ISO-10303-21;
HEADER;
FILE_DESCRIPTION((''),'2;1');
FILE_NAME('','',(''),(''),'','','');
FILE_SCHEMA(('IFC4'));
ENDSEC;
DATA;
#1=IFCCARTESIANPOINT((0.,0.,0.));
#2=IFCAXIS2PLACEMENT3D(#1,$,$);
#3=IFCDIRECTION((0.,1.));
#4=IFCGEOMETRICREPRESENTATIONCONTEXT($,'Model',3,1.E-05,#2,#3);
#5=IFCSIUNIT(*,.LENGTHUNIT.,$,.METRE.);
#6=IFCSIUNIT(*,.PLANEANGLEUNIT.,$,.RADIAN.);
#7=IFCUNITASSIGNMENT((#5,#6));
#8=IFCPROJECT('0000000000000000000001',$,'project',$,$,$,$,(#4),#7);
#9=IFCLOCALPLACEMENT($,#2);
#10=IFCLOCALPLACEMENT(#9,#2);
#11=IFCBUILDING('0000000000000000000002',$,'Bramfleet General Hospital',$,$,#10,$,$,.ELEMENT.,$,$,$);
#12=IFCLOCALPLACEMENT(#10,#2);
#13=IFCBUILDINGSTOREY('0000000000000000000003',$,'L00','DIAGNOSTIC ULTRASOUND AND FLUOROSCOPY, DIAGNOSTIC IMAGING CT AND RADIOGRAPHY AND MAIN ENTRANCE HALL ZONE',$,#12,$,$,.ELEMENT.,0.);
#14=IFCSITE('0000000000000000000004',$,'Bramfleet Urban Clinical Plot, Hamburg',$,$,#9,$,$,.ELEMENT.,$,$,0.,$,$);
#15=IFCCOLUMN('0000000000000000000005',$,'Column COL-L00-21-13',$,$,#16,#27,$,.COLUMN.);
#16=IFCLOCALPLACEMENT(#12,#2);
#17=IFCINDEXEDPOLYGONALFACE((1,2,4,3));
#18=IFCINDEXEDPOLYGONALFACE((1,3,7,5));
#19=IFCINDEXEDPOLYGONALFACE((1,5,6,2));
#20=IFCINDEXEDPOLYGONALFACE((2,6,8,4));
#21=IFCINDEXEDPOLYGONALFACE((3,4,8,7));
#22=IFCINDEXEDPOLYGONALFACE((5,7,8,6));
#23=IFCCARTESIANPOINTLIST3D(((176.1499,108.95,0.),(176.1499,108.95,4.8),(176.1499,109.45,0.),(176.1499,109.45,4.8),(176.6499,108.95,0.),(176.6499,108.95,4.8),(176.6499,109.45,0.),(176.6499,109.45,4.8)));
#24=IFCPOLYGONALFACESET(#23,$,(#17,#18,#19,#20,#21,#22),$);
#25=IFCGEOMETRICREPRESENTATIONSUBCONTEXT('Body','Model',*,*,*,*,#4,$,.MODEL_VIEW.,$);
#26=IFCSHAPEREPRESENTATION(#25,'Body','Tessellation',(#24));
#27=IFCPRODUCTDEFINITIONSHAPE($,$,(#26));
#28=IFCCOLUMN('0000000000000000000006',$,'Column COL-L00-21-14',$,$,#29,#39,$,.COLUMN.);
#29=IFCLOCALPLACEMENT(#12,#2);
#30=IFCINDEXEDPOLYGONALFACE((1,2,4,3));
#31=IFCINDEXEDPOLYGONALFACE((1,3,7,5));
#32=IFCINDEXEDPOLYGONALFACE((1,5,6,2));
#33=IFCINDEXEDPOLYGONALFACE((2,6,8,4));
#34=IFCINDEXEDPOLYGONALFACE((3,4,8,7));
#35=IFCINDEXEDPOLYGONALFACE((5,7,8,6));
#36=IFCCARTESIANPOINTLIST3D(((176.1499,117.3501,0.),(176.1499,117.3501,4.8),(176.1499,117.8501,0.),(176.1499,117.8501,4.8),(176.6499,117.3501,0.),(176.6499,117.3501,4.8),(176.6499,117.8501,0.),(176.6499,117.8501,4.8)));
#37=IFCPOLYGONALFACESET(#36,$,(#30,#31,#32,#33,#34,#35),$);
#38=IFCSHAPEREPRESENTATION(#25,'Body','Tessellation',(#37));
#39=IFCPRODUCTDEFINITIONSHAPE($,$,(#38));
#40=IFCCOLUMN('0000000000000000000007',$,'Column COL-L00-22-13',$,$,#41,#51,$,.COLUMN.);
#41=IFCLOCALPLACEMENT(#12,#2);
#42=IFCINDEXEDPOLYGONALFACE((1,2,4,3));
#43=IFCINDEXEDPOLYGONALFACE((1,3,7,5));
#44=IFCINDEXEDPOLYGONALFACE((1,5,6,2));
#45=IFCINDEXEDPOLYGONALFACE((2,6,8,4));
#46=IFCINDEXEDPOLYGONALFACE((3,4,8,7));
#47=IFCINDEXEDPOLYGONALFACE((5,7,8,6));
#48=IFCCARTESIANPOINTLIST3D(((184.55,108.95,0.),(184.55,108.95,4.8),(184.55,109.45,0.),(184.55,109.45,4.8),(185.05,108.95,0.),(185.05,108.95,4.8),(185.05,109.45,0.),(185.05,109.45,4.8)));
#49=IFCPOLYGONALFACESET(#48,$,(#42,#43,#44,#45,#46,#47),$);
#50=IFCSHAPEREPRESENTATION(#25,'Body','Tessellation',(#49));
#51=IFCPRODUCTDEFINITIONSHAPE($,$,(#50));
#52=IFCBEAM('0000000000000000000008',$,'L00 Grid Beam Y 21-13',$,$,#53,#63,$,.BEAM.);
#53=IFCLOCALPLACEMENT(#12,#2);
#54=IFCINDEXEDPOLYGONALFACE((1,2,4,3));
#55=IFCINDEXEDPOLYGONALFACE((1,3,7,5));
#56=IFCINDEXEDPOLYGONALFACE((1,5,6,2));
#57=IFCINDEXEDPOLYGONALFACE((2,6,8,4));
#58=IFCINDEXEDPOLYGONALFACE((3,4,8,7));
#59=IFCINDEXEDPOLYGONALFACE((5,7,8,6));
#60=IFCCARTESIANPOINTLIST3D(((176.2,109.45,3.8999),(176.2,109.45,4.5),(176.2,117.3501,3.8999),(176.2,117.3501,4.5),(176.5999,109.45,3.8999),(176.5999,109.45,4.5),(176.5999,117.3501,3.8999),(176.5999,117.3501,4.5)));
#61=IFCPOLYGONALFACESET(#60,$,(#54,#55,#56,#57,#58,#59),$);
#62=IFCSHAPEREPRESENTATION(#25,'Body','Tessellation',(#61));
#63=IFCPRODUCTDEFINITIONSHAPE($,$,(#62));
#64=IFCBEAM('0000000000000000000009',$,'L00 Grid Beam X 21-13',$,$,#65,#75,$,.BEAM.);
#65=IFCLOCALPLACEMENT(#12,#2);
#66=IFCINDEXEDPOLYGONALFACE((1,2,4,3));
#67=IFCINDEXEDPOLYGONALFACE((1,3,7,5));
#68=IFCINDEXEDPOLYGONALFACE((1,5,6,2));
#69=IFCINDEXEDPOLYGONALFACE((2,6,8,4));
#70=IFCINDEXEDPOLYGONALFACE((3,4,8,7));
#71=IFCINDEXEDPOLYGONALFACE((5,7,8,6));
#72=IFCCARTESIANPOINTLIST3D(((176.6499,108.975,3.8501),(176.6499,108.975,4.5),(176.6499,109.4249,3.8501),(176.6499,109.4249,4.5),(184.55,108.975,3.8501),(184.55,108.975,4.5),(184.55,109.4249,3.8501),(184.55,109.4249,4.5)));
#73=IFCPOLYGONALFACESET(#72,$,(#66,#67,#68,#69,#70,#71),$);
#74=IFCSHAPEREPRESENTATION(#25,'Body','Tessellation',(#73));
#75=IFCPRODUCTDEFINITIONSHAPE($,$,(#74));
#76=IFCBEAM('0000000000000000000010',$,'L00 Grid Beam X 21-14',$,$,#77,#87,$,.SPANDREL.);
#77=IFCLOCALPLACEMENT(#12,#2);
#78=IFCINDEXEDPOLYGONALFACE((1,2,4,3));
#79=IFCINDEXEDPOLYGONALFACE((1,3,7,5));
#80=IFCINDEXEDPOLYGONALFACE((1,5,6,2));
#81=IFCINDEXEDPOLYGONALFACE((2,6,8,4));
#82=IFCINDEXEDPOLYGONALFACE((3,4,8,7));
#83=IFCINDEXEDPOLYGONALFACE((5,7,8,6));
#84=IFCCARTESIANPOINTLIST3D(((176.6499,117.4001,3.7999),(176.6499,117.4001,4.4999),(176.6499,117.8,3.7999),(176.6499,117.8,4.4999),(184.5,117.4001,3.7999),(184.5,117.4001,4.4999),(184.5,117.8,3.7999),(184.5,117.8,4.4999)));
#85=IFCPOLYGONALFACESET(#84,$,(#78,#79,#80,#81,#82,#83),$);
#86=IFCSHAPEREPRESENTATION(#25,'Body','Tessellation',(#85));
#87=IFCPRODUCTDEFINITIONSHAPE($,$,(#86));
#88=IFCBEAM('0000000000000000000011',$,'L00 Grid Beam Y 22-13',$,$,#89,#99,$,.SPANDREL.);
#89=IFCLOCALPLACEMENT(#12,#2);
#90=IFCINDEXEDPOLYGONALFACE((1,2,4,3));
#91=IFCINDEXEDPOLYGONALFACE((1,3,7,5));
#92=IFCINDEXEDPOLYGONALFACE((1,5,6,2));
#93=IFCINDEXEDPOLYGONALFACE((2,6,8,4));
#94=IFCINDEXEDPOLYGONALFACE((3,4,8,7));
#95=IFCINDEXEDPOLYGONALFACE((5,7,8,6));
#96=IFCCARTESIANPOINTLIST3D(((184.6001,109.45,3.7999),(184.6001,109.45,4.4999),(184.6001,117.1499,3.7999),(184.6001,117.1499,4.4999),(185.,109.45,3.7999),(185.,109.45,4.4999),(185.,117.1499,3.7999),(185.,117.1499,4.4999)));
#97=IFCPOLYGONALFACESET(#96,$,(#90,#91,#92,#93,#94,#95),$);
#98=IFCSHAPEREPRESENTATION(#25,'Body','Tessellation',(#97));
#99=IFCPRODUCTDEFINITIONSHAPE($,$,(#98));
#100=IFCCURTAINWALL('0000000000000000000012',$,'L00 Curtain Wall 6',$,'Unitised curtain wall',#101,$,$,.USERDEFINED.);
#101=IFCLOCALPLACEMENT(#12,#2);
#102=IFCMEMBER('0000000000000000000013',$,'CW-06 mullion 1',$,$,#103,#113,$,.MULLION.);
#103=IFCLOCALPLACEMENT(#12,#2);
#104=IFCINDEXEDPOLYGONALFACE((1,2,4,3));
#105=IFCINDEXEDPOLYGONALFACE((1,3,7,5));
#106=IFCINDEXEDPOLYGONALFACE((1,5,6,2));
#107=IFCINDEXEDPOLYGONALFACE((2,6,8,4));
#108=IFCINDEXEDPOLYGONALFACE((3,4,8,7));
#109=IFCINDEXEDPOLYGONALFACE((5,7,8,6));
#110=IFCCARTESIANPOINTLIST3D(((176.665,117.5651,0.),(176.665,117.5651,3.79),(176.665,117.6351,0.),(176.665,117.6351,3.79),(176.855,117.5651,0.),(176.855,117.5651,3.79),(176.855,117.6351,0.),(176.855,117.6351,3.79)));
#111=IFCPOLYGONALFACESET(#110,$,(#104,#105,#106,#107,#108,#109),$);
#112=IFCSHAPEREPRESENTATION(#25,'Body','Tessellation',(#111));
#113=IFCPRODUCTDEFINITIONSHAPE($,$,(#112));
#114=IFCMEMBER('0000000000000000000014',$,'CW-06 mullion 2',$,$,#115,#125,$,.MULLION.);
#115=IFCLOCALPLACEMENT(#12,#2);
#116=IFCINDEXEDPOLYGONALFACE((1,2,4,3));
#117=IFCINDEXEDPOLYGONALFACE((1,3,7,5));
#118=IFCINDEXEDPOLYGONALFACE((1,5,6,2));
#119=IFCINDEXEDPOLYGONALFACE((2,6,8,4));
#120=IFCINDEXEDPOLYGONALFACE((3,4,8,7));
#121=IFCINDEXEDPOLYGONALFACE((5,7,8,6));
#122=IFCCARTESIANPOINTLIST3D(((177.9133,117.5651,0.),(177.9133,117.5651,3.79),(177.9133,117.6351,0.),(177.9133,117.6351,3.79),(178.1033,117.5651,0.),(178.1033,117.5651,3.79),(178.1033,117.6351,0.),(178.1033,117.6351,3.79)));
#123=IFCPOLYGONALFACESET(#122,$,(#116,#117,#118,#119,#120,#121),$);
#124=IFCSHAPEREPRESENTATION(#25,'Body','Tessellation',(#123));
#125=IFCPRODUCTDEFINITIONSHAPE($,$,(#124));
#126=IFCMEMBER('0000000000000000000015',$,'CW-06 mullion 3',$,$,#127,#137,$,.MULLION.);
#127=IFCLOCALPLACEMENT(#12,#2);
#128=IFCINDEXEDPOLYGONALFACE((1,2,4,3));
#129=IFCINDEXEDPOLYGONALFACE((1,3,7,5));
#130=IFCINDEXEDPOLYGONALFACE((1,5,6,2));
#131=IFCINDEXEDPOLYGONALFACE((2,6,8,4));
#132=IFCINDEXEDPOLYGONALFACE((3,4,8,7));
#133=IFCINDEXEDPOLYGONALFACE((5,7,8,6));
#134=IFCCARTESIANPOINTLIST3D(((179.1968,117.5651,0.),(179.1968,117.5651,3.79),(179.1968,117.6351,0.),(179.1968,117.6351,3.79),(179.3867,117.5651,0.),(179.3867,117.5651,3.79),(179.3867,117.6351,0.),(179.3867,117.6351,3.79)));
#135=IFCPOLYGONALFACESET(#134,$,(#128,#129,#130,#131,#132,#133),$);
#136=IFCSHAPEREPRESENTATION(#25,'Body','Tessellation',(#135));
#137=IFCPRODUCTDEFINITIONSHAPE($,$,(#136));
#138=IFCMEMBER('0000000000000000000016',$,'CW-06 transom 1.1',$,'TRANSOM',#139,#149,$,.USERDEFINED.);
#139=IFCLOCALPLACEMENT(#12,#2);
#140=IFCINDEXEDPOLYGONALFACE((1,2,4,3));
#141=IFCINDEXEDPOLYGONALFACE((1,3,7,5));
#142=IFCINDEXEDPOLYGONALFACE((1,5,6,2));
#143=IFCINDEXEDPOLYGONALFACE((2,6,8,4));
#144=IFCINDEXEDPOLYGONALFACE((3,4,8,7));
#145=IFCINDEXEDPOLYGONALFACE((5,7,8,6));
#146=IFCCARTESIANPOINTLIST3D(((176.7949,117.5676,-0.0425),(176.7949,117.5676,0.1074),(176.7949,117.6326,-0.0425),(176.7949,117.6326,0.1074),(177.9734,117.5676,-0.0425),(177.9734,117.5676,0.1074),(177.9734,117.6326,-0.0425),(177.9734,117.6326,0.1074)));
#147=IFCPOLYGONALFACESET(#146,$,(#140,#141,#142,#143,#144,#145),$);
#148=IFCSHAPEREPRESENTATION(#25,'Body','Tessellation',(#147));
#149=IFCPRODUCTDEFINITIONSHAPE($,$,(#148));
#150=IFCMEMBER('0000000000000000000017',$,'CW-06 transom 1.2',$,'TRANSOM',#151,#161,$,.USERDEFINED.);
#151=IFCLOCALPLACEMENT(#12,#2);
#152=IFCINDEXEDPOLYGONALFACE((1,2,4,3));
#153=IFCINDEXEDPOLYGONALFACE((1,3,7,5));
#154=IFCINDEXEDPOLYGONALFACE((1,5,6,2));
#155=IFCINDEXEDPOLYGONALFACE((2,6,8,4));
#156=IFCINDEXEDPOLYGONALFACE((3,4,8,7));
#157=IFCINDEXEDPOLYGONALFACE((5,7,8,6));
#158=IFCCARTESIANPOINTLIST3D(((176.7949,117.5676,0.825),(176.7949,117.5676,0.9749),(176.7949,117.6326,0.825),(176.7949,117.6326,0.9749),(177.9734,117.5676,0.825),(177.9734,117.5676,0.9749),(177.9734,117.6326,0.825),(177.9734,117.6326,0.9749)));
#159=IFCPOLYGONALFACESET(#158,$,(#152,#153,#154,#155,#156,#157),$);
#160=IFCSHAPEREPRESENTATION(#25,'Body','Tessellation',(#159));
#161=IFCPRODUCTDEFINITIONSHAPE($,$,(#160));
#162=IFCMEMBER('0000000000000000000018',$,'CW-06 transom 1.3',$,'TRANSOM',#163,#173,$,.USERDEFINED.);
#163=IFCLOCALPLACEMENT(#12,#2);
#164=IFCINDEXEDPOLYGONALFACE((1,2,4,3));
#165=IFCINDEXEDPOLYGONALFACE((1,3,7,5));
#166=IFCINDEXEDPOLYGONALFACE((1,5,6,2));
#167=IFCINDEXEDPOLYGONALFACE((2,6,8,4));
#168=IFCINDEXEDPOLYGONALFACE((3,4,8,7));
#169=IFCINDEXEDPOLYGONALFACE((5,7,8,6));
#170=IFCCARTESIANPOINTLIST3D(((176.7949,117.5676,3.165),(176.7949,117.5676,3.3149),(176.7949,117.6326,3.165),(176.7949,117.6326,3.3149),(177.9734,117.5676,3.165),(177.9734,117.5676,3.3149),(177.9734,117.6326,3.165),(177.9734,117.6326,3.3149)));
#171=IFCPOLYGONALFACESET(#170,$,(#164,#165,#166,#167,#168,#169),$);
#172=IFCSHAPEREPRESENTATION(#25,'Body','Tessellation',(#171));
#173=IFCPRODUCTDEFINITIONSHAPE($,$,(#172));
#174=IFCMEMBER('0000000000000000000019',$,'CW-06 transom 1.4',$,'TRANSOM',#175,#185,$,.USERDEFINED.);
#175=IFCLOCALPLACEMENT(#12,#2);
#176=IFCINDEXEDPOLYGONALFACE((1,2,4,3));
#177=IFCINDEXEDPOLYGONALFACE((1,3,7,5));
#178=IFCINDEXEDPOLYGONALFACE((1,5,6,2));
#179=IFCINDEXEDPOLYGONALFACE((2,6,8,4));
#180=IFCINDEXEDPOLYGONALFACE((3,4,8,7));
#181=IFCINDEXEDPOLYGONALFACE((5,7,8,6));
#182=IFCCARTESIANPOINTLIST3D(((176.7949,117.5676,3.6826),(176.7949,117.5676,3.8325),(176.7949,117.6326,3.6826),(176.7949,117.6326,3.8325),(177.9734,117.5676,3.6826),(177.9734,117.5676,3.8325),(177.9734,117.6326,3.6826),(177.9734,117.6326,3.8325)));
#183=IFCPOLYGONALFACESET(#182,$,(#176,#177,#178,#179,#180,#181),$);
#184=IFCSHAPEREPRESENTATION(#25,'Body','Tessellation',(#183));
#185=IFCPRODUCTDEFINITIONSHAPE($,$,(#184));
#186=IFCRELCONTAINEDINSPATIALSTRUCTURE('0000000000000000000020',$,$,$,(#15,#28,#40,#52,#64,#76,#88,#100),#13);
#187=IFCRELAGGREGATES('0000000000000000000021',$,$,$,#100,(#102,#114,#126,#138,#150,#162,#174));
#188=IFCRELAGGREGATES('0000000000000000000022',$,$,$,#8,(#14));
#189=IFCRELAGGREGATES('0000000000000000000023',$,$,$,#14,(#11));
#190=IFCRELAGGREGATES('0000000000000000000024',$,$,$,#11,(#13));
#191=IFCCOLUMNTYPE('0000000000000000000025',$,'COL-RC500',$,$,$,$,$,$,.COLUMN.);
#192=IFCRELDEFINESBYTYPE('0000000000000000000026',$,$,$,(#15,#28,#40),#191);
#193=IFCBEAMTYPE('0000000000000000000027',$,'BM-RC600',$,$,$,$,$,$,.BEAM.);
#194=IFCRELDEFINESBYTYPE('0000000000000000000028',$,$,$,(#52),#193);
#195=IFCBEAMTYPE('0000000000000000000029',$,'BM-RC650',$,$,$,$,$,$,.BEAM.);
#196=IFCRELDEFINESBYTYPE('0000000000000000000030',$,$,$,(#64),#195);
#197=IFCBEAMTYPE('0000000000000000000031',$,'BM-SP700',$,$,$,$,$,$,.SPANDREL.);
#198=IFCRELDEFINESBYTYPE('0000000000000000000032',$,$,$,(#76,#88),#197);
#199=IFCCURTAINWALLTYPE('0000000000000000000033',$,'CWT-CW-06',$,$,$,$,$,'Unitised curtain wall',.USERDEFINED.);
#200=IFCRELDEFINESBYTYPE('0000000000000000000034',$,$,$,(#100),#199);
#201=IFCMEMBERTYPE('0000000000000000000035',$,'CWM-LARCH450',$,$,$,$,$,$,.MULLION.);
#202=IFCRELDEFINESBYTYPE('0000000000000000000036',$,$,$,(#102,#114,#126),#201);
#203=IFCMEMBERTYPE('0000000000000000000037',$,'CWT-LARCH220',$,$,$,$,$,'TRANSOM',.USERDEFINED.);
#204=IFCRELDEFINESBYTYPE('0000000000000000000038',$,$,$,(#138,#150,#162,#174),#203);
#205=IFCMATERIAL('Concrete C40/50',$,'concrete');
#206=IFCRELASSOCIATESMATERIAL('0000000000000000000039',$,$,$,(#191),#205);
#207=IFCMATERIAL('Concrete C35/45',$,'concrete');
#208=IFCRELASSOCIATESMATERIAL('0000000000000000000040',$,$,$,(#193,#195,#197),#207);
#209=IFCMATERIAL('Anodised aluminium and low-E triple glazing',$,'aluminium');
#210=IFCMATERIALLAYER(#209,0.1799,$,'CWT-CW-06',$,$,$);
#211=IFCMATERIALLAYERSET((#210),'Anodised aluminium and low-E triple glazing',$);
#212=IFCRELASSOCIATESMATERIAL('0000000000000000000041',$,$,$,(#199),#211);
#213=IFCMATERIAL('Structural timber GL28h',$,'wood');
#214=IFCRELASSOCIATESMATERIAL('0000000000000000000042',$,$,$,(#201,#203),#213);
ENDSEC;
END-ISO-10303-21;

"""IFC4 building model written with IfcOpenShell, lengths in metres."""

from ifc_helpers import new_model, si_unit, direction, frame, origin, origin_2d, place, context, subcontext, project, spatial, rectangle, extrude, material, layer, layer_set, material_profile, profile_set, type_object, element, aggregate, save


model = new_model("IFC4")

# Units and contexts
model_context = context("Model", 3, precision=1e-05, world=origin(), true_north=direction((0.0, 1.0)))
body_context = subcontext(model_context, "Body", "Model", "MODEL_VIEW")
ifc_project = project(units=[si_unit("LENGTHUNIT", "METRE"), si_unit("PLANEANGLEUNIT", "RADIAN")], contexts=[model_context])

# Site, building, storey
site_placement = place(None, origin())
site = spatial("IfcSite", under=ifc_project, at=site_placement, Name="Bramfleet Urban Clinical Plot, Hamburg", CompositionType="ELEMENT", RefElevation=0.0)
building_placement = place(site_placement, origin())
building = spatial("IfcBuilding", under=site, at=building_placement, Name="Bramfleet General Hospital", CompositionType="ELEMENT")
storey_placement = place(building_placement, origin())
storey = spatial("IfcBuildingStorey", under=building, at=storey_placement, Name="L00", Description="DIAGNOSTIC ULTRASOUND AND FLUOROSCOPY, DIAGNOSTIC IMAGING CT AND RADIOGRAPHY AND MAIN ENTRANCE HALL ZONE", CompositionType="ELEMENT", Elevation=0.0)

# Columns
ifc_material_1 = material(Name="Concrete C40/50", Category="concrete")
ifc_material_profile_1 = material_profile(ifc_material_1, rectangle(XDim=0.5, YDim=0.5, at=origin_2d()), Name="RC COL 500x500")
ifc_profile_set_1 = profile_set([ifc_material_profile_1], Name="Concrete C40/50")
column_type = type_object("IfcColumnType", Name="COL-RC500", PredefinedType="COLUMN", material=ifc_profile_set_1)
for number, where, z_axis, x_axis, name in (
    (1, (176.3999, 109.2, 0.0), (0.0, 0.0, 1.0), (1.0, 0.0, 0.0), "Column COL-L00-21-13"),
    (2, (176.3999, 117.6001, 0.0), (0.0, 0.0, 1.0), (1.0, 0.0, 0.0), "Column COL-L00-21-14"),
    (3, (184.8, 109.2, 0.0), (0.0, 0.0, 1.0), (1.0, 0.0, 0.0), "Column COL-L00-22-13"),
):
    element("IfcColumn", number, at=place(storey_placement, frame(where, z_axis=z_axis, x_axis=x_axis)), inside=storey, type_object=column_type, Name=name, PredefinedType="COLUMN", context=body_context, shape_type="SweptSolid", body=[
        extrude(rectangle(XDim=0.5, YDim=0.5, at=origin_2d()), origin(), (0.0, 0.0, 1.0), 4.8),
    ])

# Beams
ifc_material_2 = material(Name="Concrete C35/45", Category="concrete")
ifc_material_profile_2 = material_profile(ifc_material_2, rectangle(XDim=0.3999, YDim=0.6001, at=origin_2d()), Name="RC BM 600x400")
ifc_profile_set_2 = profile_set([ifc_material_profile_2], Name="Concrete C35/45")
beam_type_1 = type_object("IfcBeamType", Name="BM-RC600", PredefinedType="BEAM", material=ifc_profile_set_2)
beam_1_placement = place(storey_placement, frame((176.3999, 109.45, 4.2), z_axis=(0.0, 1.0, 0.0), x_axis=(-1.0, 0.0, 0.0)))
element("IfcBeam", 4, at=beam_1_placement, inside=storey, type_object=beam_type_1, Name="L00 Grid Beam Y 21-13", PredefinedType="BEAM", context=body_context, shape_type="SweptSolid", body=[
    extrude(rectangle(XDim=0.3999, YDim=0.6001, at=origin_2d()), origin(), (0.0, 0.0, 1.0), 7.9001),
])
ifc_material_profile_3 = material_profile(ifc_material_2, rectangle(XDim=0.45, YDim=0.6499, at=origin_2d()), Name="RC BM 650x450")
ifc_profile_set_3 = profile_set([ifc_material_profile_3], Name="Concrete C35/45")
beam_type_2 = type_object("IfcBeamType", Name="BM-RC650", PredefinedType="BEAM", material=ifc_profile_set_3)
beam_2_placement = place(storey_placement, frame((176.6499, 109.2, 4.175), z_axis=(1.0, 0.0, 0.0), x_axis=(0.0, 1.0, 0.0)))
element("IfcBeam", 5, at=beam_2_placement, inside=storey, type_object=beam_type_2, Name="L00 Grid Beam X 21-13", PredefinedType="BEAM", context=body_context, shape_type="SweptSolid", body=[
    extrude(rectangle(XDim=0.45, YDim=0.6499, at=origin_2d()), origin(), (0.0, 0.0, 1.0), 7.9001),
])
ifc_material_profile_4 = material_profile(ifc_material_2, rectangle(XDim=0.3999, YDim=0.7, at=origin_2d()), Name="RC SP 700x400")
ifc_profile_set_4 = profile_set([ifc_material_profile_4], Name="Concrete C35/45")
beam_type_3 = type_object("IfcBeamType", Name="BM-SP700", PredefinedType="SPANDREL", material=ifc_profile_set_4)
beam_3_placement = place(storey_placement, frame((176.6499, 117.6001, 4.1499), z_axis=(1.0, 0.0, 0.0), x_axis=(0.0, 1.0, 0.0)))
element("IfcBeam", 6, at=beam_3_placement, inside=storey, type_object=beam_type_3, Name="L00 Grid Beam X 21-14", PredefinedType="SPANDREL", context=body_context, shape_type="SweptSolid", body=[
    extrude(rectangle(XDim=0.3999, YDim=0.7, at=origin_2d()), origin(), (0.0, 0.0, 1.0), 7.8501),
])
beam_4_placement = place(storey_placement, frame((184.8, 109.45, 4.1499), z_axis=(0.0, 1.0, 0.0), x_axis=(-1.0, 0.0, 0.0)))
element("IfcBeam", 7, at=beam_4_placement, inside=storey, type_object=beam_type_3, Name="L00 Grid Beam Y 22-13", PredefinedType="SPANDREL", context=body_context, shape_type="SweptSolid", body=[
    extrude(rectangle(XDim=0.3999, YDim=0.7, at=origin_2d()), origin(), (0.0, 0.0, 1.0), 7.7),
])

# Curtain wall, members
ifc_material_3 = material(Name="Anodised aluminium and low-E triple glazing", Category="aluminium")
ifc_layer_1 = layer(ifc_material_3, 0.1799, Name="CWT-CW-06")
ifc_layer_set_1 = layer_set([ifc_layer_1], Name="Anodised aluminium and low-E triple glazing")
curtain_wall_type = type_object("IfcCurtainWallType", Name="CWT-CW-06", ElementType="Unitised curtain wall", PredefinedType="USERDEFINED", material=ifc_layer_set_1)
curtain_wall_placement = place(storey_placement, origin())
curtain_wall = element("IfcCurtainWall", 8, at=curtain_wall_placement, inside=storey, type_object=curtain_wall_type, Name="L00 Curtain Wall 6", ObjectType="Unitised curtain wall", PredefinedType="USERDEFINED")
ifc_material_4 = material(Name="Structural timber GL28h", Category="wood")
ifc_material_profile_5 = material_profile(ifc_material_4, rectangle(XDim=0.0701, YDim=0.1899, at=origin_2d()), Name="LARCH 190x70")
ifc_profile_set_5 = profile_set([ifc_material_profile_5], Name="Structural timber GL28h")
member_type_1 = type_object("IfcMemberType", Name="CWM-LARCH450", PredefinedType="MULLION", material=ifc_profile_set_5)
member_1_placement = place(storey_placement, frame((176.76, 117.6001, 0.0), z_axis=(0.0, 0.0, 1.0), x_axis=(0.0, 1.0, 0.0)))
member_1 = element("IfcMember", 9, at=member_1_placement, type_object=member_type_1, Name="CW-06 mullion 1", PredefinedType="MULLION", context=body_context, shape_type="SweptSolid", body=[
    extrude(rectangle(XDim=0.0701, YDim=0.1899, at=origin_2d()), origin(), (0.0, 0.0, 1.0), 3.79),
])
member_2_placement = place(storey_placement, frame((178.0083, 117.6001, 0.0), z_axis=(0.0, 0.0, 1.0), x_axis=(0.0, 1.0, 0.0)))
member_2 = element("IfcMember", 10, at=member_2_placement, type_object=member_type_1, Name="CW-06 mullion 2", PredefinedType="MULLION", context=body_context, shape_type="SweptSolid", body=[
    extrude(rectangle(XDim=0.0701, YDim=0.1899, at=origin_2d()), origin(), (0.0, 0.0, 1.0), 3.79),
])
member_3_placement = place(storey_placement, frame((179.2917, 117.6001, 0.0), z_axis=(0.0, 0.0, 1.0), x_axis=(0.0, 1.0, 0.0)))
member_3 = element("IfcMember", 11, at=member_3_placement, type_object=member_type_1, Name="CW-06 mullion 3", PredefinedType="MULLION", context=body_context, shape_type="SweptSolid", body=[
    extrude(rectangle(XDim=0.0701, YDim=0.1899, at=origin_2d()), origin(), (0.0, 0.0, 1.0), 3.79),
])
ifc_material_profile_6 = material_profile(ifc_material_4, rectangle(XDim=0.0649, YDim=0.1499, at=origin_2d()), Name="LARCH 150x65")
ifc_profile_set_6 = profile_set([ifc_material_profile_6], Name="Structural timber GL28h")
member_type_2 = type_object("IfcMemberType", Name="CWT-LARCH220", ElementType="TRANSOM", PredefinedType="USERDEFINED", material=ifc_profile_set_6)
member_4_placement = place(storey_placement, frame((176.7949, 117.6001, 0.0325), z_axis=(1.0, 0.0, 0.0), x_axis=(0.0, 1.0, 0.0)))
member_4 = element("IfcMember", 12, at=member_4_placement, type_object=member_type_2, Name="CW-06 transom 1.1", ObjectType="TRANSOM", PredefinedType="USERDEFINED", context=body_context, shape_type="SweptSolid", body=[
    extrude(rectangle(XDim=0.0649, YDim=0.1499, at=origin_2d()), origin(), (0.0, 0.0, 1.0), 1.1785),
])
member_5_placement = place(storey_placement, frame((176.7949, 117.6001, 0.8999), z_axis=(1.0, 0.0, 0.0), x_axis=(0.0, 1.0, 0.0)))
member_5 = element("IfcMember", 13, at=member_5_placement, type_object=member_type_2, Name="CW-06 transom 1.2", ObjectType="TRANSOM", PredefinedType="USERDEFINED", context=body_context, shape_type="SweptSolid", body=[
    extrude(rectangle(XDim=0.0649, YDim=0.1499, at=origin_2d()), origin(), (0.0, 0.0, 1.0), 1.1785),
])
member_6_placement = place(storey_placement, frame((176.7949, 117.6001, 3.24), z_axis=(1.0, 0.0, 0.0), x_axis=(0.0, 1.0, 0.0)))
member_6 = element("IfcMember", 14, at=member_6_placement, type_object=member_type_2, Name="CW-06 transom 1.3", ObjectType="TRANSOM", PredefinedType="USERDEFINED", context=body_context, shape_type="SweptSolid", body=[
    extrude(rectangle(XDim=0.0649, YDim=0.1499, at=origin_2d()), origin(), (0.0, 0.0, 1.0), 1.1785),
])
member_7_placement = place(storey_placement, frame((176.7949, 117.6001, 3.7576), z_axis=(1.0, 0.0, 0.0), x_axis=(0.0, 1.0, 0.0)))
member_7 = element("IfcMember", 15, at=member_7_placement, type_object=member_type_2, Name="CW-06 transom 1.4", ObjectType="TRANSOM", PredefinedType="USERDEFINED", context=body_context, shape_type="SweptSolid", body=[
    extrude(rectangle(XDim=0.0649, YDim=0.1499, at=origin_2d()), origin(), (0.0, 0.0, 1.0), 1.1785),
])
aggregate(curtain_wall, [member_1, member_2, member_3, member_4, member_5, member_6, member_7])

save(model, "model.ifc")
